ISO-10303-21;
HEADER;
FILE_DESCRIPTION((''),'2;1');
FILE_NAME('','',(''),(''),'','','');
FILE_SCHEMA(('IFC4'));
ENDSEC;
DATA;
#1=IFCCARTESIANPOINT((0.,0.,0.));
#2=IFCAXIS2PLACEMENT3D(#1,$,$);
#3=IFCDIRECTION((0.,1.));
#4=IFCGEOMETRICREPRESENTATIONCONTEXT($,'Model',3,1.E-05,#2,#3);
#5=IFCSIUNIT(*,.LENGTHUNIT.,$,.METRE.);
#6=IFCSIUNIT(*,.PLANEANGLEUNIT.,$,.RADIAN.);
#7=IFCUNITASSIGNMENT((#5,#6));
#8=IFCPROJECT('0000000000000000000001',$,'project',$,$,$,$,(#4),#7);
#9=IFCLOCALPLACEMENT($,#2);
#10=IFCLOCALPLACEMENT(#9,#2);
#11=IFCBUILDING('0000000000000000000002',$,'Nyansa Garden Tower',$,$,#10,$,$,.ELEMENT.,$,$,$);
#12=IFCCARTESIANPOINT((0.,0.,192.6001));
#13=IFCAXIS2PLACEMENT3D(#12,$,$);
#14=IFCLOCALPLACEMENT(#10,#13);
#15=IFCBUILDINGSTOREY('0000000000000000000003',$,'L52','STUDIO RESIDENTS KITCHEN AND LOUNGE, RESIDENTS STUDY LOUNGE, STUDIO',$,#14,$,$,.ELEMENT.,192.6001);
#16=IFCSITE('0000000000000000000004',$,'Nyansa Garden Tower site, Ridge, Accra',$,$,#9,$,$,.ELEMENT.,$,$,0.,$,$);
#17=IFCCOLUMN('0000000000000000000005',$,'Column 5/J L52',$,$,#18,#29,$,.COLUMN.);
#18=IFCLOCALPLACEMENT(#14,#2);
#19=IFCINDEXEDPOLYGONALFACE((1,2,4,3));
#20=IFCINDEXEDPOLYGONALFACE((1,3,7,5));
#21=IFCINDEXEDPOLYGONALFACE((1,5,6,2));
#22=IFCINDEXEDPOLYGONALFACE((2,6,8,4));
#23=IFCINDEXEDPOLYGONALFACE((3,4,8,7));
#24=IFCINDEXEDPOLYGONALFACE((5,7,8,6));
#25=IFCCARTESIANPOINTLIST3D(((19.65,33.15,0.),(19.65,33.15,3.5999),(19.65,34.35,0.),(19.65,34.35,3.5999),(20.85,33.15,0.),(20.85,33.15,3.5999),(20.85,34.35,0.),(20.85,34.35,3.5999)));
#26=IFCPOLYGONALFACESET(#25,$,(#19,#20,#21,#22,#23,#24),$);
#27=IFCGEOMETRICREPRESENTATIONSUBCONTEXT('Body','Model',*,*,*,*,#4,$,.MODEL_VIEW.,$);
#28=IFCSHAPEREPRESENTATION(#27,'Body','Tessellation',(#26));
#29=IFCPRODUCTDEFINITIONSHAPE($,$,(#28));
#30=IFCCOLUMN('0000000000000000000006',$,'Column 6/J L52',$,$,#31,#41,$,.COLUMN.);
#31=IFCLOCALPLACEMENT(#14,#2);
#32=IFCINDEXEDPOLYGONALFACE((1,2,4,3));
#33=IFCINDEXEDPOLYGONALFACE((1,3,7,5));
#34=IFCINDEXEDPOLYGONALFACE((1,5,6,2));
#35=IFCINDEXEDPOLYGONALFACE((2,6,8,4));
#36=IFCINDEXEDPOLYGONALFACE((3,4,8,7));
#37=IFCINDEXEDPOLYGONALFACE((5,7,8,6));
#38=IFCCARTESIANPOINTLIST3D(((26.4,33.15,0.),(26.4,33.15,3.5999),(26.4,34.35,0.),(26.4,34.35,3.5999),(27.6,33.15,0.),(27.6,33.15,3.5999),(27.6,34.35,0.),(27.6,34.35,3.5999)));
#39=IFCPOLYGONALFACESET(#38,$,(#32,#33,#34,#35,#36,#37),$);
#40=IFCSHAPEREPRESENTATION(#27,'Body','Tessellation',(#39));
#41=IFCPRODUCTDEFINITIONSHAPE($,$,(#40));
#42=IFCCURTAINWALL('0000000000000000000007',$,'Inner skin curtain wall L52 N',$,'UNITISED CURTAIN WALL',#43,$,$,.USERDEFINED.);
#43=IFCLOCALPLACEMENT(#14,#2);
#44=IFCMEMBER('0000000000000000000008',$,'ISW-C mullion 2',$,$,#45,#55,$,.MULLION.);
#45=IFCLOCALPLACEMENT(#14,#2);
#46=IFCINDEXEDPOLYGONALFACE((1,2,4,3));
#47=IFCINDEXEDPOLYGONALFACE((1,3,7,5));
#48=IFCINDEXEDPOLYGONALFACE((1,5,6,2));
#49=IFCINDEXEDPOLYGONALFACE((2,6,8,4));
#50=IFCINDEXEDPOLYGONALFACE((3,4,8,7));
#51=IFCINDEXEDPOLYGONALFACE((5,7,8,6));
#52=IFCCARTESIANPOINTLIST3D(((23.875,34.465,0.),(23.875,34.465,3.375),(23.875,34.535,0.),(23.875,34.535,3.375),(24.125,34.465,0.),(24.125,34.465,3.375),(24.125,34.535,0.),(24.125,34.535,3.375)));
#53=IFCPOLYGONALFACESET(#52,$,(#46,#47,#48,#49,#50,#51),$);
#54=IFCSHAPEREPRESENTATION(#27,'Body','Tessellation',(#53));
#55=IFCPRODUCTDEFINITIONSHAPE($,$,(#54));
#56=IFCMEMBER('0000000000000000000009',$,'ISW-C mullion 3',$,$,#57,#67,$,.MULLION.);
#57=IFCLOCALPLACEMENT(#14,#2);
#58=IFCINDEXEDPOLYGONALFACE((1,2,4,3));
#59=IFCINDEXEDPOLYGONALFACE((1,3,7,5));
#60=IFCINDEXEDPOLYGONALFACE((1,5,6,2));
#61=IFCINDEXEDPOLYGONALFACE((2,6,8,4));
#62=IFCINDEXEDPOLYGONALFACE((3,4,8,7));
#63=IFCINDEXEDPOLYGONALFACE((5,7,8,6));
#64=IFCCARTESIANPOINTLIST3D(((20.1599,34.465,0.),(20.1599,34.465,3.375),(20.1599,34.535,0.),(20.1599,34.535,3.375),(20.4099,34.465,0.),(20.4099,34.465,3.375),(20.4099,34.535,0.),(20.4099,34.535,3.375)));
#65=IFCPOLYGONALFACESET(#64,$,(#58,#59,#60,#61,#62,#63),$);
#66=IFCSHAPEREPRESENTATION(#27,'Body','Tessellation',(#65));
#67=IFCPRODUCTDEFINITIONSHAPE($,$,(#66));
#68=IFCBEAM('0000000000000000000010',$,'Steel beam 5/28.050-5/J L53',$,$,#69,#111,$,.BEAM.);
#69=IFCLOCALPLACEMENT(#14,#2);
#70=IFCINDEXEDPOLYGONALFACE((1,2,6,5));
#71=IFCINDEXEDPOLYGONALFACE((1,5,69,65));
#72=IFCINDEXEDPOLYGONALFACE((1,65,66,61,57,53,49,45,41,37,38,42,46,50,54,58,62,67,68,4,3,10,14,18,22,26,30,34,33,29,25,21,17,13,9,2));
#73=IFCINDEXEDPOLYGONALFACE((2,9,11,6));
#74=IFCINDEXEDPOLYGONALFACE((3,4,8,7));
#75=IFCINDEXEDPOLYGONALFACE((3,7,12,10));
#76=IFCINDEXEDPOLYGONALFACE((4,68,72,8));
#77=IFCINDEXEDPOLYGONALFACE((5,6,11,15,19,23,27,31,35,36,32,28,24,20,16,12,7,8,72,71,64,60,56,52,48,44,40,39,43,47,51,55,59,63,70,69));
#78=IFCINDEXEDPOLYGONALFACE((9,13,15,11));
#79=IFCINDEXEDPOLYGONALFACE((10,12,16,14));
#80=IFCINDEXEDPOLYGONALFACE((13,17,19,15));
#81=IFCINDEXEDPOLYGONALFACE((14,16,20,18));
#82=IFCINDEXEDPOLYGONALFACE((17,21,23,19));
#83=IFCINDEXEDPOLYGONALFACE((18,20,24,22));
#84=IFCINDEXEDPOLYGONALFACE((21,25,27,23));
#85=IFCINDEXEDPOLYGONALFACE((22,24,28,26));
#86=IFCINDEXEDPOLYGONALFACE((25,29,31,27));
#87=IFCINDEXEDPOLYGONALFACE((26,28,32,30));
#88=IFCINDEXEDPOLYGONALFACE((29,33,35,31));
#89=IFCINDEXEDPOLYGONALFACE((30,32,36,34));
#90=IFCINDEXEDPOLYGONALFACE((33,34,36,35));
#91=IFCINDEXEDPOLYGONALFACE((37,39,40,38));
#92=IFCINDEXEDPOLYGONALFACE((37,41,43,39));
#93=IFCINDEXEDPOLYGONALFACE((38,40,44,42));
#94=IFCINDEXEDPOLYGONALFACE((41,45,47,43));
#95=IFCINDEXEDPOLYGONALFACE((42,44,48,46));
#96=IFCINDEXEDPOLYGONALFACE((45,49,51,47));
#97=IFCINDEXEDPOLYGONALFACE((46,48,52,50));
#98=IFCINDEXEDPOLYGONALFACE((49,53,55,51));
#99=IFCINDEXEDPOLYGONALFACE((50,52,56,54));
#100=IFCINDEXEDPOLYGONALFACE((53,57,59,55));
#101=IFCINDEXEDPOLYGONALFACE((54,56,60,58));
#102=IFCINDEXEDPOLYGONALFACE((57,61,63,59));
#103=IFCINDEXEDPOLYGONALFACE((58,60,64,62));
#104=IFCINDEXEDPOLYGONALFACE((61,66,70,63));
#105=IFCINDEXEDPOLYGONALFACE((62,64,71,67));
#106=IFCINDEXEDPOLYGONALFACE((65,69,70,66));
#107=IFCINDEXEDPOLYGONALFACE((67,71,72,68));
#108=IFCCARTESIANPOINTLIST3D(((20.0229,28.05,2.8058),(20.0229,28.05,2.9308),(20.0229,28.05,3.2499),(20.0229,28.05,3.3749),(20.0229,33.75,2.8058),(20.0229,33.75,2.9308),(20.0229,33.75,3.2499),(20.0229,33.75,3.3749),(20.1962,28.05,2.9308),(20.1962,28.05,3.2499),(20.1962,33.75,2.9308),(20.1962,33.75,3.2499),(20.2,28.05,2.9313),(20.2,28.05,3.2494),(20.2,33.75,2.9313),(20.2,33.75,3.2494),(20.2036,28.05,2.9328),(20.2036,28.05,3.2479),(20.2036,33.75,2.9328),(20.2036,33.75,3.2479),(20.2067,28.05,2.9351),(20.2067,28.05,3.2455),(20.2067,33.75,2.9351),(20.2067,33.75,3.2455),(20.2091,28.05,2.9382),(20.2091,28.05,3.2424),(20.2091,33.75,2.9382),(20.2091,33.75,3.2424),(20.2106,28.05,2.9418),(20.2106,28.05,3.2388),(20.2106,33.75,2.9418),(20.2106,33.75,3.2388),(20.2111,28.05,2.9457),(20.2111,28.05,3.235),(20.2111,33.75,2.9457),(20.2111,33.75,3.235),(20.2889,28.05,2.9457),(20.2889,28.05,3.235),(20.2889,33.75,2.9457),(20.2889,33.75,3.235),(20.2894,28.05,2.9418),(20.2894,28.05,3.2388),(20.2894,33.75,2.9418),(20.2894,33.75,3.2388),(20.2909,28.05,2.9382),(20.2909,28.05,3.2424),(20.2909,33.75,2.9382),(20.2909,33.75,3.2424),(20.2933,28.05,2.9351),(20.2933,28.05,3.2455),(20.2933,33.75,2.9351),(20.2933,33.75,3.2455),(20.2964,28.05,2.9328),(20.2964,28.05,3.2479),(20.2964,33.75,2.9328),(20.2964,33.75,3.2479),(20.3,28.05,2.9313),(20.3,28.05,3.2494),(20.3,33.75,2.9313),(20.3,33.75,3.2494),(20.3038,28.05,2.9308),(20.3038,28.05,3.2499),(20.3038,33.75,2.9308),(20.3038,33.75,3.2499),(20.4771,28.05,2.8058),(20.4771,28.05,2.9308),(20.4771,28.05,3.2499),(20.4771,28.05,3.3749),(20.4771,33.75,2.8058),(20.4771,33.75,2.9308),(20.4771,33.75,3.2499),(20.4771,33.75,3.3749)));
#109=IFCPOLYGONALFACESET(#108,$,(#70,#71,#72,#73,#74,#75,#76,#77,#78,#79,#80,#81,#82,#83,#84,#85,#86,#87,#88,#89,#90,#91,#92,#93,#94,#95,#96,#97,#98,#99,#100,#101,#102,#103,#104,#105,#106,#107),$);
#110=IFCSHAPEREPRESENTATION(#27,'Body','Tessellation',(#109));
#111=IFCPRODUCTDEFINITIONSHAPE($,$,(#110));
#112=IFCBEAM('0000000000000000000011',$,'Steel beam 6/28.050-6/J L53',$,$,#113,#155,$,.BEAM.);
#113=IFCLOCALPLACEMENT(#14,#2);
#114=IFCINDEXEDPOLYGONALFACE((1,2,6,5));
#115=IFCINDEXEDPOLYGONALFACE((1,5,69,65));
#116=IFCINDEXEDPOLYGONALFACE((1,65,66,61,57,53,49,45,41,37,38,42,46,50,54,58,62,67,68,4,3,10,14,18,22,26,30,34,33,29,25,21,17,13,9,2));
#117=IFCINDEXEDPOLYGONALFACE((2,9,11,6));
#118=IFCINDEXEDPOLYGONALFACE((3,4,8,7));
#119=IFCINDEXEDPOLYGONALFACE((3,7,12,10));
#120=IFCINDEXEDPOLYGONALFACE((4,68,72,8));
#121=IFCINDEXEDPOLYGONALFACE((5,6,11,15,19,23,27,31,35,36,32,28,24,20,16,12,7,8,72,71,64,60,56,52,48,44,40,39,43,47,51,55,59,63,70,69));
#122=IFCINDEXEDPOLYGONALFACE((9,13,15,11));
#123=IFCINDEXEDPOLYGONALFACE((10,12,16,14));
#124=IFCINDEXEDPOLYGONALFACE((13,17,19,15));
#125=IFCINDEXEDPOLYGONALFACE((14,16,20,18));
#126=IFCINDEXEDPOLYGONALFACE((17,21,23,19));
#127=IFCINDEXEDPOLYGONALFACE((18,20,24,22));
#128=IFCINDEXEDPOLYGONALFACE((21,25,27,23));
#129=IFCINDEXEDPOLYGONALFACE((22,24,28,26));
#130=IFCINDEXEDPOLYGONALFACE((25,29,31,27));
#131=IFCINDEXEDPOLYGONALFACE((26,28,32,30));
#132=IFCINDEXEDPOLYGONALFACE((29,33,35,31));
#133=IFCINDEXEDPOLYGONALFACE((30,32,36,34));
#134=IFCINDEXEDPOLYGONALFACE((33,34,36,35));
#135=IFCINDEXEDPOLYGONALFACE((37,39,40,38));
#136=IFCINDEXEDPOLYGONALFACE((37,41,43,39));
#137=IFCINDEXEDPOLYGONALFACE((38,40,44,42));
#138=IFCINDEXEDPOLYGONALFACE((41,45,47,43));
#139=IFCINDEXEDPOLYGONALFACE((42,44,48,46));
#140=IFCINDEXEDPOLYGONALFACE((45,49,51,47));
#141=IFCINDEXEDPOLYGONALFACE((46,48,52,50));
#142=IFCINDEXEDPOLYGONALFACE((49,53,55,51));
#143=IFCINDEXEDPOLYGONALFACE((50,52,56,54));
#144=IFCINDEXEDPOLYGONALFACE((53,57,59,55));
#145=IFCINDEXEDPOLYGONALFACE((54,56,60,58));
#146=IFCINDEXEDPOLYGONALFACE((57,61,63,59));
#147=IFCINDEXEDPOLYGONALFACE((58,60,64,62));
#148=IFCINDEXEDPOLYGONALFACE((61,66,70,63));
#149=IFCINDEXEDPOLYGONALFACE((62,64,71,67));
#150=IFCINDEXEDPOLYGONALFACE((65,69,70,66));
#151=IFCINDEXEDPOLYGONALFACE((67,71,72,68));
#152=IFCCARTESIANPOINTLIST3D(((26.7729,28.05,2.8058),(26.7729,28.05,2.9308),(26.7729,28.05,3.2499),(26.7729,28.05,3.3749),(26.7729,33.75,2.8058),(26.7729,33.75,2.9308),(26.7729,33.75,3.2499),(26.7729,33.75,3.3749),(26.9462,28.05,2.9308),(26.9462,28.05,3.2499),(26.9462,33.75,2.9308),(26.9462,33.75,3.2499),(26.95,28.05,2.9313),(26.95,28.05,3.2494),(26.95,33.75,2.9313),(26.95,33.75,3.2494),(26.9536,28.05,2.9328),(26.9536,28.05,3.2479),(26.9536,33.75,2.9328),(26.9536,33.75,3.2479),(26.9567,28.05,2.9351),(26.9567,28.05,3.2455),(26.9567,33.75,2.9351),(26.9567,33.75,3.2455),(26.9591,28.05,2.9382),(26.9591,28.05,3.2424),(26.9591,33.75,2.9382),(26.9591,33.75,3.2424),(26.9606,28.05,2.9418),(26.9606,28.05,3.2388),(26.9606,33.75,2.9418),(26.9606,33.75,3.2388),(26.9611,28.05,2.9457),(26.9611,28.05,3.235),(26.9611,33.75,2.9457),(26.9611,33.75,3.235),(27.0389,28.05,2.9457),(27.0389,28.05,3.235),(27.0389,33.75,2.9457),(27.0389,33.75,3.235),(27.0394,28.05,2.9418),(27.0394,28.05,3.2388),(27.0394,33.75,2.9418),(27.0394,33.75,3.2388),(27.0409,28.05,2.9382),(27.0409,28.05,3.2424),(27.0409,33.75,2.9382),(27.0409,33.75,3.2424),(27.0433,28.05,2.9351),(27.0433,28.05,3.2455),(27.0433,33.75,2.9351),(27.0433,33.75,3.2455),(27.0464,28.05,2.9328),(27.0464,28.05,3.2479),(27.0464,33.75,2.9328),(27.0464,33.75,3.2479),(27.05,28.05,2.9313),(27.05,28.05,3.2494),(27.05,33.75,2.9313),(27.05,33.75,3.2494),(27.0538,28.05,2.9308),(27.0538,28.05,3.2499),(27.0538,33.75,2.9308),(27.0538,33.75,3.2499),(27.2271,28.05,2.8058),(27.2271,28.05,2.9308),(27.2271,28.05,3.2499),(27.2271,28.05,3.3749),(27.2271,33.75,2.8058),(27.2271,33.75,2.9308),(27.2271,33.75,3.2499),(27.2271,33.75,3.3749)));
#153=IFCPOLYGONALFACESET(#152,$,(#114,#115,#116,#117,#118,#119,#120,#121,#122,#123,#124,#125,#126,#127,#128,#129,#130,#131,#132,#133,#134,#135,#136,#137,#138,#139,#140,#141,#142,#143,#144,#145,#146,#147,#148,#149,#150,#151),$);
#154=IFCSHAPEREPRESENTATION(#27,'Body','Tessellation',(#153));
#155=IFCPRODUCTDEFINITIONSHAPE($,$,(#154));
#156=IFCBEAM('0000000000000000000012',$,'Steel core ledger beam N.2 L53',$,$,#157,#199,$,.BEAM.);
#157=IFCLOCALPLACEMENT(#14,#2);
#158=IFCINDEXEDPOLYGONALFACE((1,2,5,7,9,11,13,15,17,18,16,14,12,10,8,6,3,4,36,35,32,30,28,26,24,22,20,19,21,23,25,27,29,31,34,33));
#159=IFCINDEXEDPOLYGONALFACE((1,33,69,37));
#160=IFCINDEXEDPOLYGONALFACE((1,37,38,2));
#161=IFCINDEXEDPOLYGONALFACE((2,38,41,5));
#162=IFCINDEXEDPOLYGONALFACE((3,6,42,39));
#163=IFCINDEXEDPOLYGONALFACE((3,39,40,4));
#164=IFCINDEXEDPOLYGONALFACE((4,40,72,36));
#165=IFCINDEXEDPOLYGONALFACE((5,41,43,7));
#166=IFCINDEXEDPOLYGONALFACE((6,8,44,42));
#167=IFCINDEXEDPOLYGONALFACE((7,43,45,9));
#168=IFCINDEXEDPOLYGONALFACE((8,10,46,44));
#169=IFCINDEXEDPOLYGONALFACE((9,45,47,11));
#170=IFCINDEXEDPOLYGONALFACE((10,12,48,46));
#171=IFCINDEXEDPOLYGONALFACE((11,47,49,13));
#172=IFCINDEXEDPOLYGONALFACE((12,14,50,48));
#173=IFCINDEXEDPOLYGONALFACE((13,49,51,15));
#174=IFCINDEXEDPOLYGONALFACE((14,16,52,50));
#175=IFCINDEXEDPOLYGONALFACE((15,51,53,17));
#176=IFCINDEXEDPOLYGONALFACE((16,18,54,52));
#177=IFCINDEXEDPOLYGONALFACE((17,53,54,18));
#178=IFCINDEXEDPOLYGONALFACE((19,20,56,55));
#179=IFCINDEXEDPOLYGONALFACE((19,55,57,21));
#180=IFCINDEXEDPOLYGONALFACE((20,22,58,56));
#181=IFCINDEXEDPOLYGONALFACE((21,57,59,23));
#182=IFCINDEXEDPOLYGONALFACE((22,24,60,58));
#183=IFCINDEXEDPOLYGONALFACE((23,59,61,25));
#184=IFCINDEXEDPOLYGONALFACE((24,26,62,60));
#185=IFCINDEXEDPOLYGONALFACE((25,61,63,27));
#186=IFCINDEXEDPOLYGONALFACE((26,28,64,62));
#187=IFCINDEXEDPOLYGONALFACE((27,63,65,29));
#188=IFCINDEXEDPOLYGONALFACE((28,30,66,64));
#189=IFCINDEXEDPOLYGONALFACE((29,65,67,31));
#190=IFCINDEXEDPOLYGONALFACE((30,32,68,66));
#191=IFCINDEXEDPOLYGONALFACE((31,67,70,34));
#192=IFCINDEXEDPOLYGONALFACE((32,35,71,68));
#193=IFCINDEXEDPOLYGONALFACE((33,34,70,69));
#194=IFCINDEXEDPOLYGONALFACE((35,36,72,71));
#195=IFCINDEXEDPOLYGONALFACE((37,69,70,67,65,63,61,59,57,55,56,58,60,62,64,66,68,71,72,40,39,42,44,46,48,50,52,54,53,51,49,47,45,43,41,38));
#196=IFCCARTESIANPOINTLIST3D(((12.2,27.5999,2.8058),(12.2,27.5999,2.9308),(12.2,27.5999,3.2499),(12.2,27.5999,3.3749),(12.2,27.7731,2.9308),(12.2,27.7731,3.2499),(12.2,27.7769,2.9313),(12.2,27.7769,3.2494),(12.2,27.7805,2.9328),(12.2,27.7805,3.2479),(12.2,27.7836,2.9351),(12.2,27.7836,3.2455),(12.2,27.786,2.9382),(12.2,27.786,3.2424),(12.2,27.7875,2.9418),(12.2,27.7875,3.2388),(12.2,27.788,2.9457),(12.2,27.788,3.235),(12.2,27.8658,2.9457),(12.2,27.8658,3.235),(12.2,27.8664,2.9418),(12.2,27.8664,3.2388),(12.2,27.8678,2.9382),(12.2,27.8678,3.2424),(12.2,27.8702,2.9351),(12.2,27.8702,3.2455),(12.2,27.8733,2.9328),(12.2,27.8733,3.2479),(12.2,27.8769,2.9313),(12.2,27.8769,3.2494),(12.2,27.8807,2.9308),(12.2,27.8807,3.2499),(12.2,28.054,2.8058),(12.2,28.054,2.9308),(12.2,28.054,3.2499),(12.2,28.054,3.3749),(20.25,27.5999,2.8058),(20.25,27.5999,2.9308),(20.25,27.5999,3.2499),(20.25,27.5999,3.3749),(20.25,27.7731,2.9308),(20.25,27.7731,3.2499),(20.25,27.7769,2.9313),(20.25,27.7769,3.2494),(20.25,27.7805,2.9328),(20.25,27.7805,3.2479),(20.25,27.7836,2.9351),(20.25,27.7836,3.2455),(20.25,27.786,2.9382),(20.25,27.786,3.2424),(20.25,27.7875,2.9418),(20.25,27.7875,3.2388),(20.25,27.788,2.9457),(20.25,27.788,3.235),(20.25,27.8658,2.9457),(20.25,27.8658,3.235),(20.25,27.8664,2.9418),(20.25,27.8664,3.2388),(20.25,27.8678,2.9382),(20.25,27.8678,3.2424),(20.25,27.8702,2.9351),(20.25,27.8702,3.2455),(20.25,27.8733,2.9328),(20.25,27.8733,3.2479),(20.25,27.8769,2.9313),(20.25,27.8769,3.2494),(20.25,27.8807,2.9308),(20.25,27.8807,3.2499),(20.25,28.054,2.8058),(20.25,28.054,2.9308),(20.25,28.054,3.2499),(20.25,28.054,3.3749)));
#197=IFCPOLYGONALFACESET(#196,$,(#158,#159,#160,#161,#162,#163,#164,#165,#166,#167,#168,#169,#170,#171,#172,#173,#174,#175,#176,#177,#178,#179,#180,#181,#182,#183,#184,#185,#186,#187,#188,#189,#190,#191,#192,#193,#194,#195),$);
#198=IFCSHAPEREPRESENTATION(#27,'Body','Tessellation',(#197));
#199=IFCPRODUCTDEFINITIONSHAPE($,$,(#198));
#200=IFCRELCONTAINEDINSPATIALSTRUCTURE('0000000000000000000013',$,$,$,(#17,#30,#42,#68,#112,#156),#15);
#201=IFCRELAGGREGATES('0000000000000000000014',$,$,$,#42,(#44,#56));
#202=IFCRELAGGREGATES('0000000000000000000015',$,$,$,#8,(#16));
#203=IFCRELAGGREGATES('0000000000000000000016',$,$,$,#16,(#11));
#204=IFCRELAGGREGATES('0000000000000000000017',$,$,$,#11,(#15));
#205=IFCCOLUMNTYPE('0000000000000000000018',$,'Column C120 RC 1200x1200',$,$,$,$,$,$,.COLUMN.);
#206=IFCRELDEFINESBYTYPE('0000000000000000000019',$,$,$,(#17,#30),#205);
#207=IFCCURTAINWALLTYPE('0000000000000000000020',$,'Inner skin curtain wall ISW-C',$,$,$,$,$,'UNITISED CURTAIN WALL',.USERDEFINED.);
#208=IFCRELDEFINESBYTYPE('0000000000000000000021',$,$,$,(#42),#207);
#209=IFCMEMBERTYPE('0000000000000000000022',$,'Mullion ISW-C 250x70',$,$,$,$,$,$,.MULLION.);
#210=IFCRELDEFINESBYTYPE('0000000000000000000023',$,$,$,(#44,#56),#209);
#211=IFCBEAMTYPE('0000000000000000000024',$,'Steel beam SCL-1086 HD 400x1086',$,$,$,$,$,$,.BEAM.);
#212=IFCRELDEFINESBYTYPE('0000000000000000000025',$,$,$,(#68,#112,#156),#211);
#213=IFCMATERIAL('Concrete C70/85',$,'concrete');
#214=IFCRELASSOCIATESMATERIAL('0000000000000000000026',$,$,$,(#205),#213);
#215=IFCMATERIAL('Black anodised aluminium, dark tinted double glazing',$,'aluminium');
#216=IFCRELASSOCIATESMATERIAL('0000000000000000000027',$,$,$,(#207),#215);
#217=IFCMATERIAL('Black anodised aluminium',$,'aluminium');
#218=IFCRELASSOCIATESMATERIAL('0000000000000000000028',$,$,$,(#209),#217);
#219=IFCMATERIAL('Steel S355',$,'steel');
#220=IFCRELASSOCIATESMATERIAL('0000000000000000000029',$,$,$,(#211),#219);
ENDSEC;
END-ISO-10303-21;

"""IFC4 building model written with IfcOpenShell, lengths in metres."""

from ifc_helpers import new_model, si_unit, direction, frame, origin, origin_2d, place, context, subcontext, project, spatial, rectangle, i_section, extrude, material, material_profile, profile_set, type_object, element, aggregate, save


model = new_model("IFC4")

# Units and contexts
model_context = context("Model", 3, precision=1e-05, world=origin(), true_north=direction((0.0, 1.0)))
body_context = subcontext(model_context, "Body", "Model", "MODEL_VIEW")
ifc_project = project(units=[si_unit("LENGTHUNIT", "METRE"), si_unit("PLANEANGLEUNIT", "RADIAN")], contexts=[model_context])

# Site, building, storey
site_placement = place(None, origin())
site = spatial("IfcSite", under=ifc_project, at=site_placement, Name="Nyansa Garden Tower site, Ridge, Accra", CompositionType="ELEMENT", RefElevation=0.0)
building_placement = place(site_placement, origin())
building = spatial("IfcBuilding", under=site, at=building_placement, Name="Nyansa Garden Tower", CompositionType="ELEMENT")
storey_placement = place(building_placement, frame((0.0, 0.0, 192.6001)))
storey = spatial("IfcBuildingStorey", under=building, at=storey_placement, Name="L52", Description="STUDIO RESIDENTS KITCHEN AND LOUNGE, RESIDENTS STUDY LOUNGE, STUDIO", CompositionType="ELEMENT", Elevation=192.6001)

# Columns
ifc_material_1 = material(Name="Concrete C70/85", Category="concrete")
ifc_material_profile_1 = material_profile(ifc_material_1, rectangle(XDim=1.2, YDim=1.2, at=origin_2d()), Name="RC 1200x1200")
ifc_profile_set_1 = profile_set([ifc_material_profile_1], Name="Concrete C70/85")
column_type = type_object("IfcColumnType", Name="Column C120 RC 1200x1200", PredefinedType="COLUMN", material=ifc_profile_set_1)
for number, where, z_axis, x_axis, name in (
    (1, (20.25, 33.75, 0.0), (0.0, 0.0, 1.0), (1.0, 0.0, 0.0), "Column 5/J L52"),
    (2, (27.0, 33.75, 0.0), (0.0, 0.0, 1.0), (1.0, 0.0, 0.0), "Column 6/J L52"),
):
    element("IfcColumn", number, at=place(storey_placement, frame(where, z_axis=z_axis, x_axis=x_axis)), inside=storey, type_object=column_type, Name=name, PredefinedType="COLUMN", context=body_context, shape_type="SweptSolid", body=[
        extrude(rectangle(XDim=1.2, YDim=1.2, at=origin_2d()), origin(), (0.0, 0.0, 1.0), 3.5999),
    ])

# Curtain wall, members
ifc_material_2 = material(Name="Black anodised aluminium, dark tinted double glazing", Category="aluminium")
curtain_wall_type = type_object("IfcCurtainWallType", Name="Inner skin curtain wall ISW-C", ElementType="UNITISED CURTAIN WALL", PredefinedType="USERDEFINED", material=ifc_material_2)
curtain_wall_placement = place(storey_placement, origin())
curtain_wall = element("IfcCurtainWall", 3, at=curtain_wall_placement, inside=storey, type_object=curtain_wall_type, Name="Inner skin curtain wall L52 N", ObjectType="UNITISED CURTAIN WALL", PredefinedType="USERDEFINED")
ifc_material_3 = material(Name="Black anodised aluminium", Category="aluminium")
ifc_material_profile_2 = material_profile(ifc_material_3, rectangle(XDim=0.0701, YDim=0.25, at=origin_2d()), Name="Mullion 250x70")
ifc_profile_set_2 = profile_set([ifc_material_profile_2], Name="Black anodised aluminium")
member_type_1 = type_object("IfcMemberType", Name="Mullion ISW-C 250x70", PredefinedType="MULLION", material=ifc_profile_set_2)
member_1_placement = place(storey_placement, frame((24.0, 34.5, 0.0), z_axis=(0.0, 0.0, 1.0), x_axis=(0.0, -1.0, 0.0)))
member_1 = element("IfcMember", 4, at=member_1_placement, type_object=member_type_1, Name="ISW-C mullion 2", PredefinedType="MULLION", context=body_context, shape_type="SweptSolid", body=[
    extrude(rectangle(XDim=0.0701, YDim=0.25, at=origin_2d()), origin(), (0.0, 0.0, 1.0), 3.375),
])
member_2_placement = place(storey_placement, frame((20.2849, 34.5, 0.0), z_axis=(0.0, 0.0, 1.0), x_axis=(0.0, -1.0, 0.0)))
member_2 = element("IfcMember", 5, at=member_2_placement, type_object=member_type_1, Name="ISW-C mullion 3", PredefinedType="MULLION", context=body_context, shape_type="SweptSolid", body=[
    extrude(rectangle(XDim=0.0701, YDim=0.25, at=origin_2d()), origin(), (0.0, 0.0, 1.0), 3.375),
])

# Beams
ifc_material_4 = material(Name="Steel S355", Category="steel")
ifc_material_profile_3 = material_profile(ifc_material_4, i_section(OverallWidth=0.4541, OverallDepth=0.5691, WebThickness=0.0779, FlangeThickness=0.125, FilletRadius=0.0149, at=origin_2d()), Name="HD 400x1086")
ifc_profile_set_3 = profile_set([ifc_material_profile_3], Name="Steel S355")
beam_type_1 = type_object("IfcBeamType", Name="Steel beam SCL-1086 HD 400x1086", PredefinedType="BEAM", material=ifc_profile_set_3)
for number, where, z_axis, x_axis, name in (
    (6, (20.25, 28.05, 3.0903), (0.0, 1.0, 0.0), (-1.0, 0.0, 0.0), "Steel beam 5/28.050-5/J L53"),
    (7, (27.0, 28.05, 3.0903), (0.0, 1.0, 0.0), (-1.0, 0.0, 0.0), "Steel beam 6/28.050-6/J L53"),
):
    element("IfcBeam", number, at=place(storey_placement, frame(where, z_axis=z_axis, x_axis=x_axis)), inside=storey, type_object=beam_type_1, Name=name, PredefinedType="BEAM", context=body_context, shape_type="SweptSolid", body=[
        extrude(i_section(OverallWidth=0.4541, OverallDepth=0.5691, WebThickness=0.0779, FlangeThickness=0.125, FilletRadius=0.0149, at=origin_2d()), origin(), (0.0, 0.0, 1.0), 5.7),
    ])
beam_1_placement = place(storey_placement, frame((20.25, 27.8269, 3.0903), z_axis=(-1.0, 0.0, 0.0), x_axis=(0.0, -1.0, 0.0)))
element("IfcBeam", 8, at=beam_1_placement, inside=storey, type_object=beam_type_1, Name="Steel core ledger beam N.2 L53", PredefinedType="BEAM", context=body_context, shape_type="SweptSolid", body=[
    extrude(i_section(OverallWidth=0.4541, OverallDepth=0.5691, WebThickness=0.0779, FlangeThickness=0.125, FilletRadius=0.0149, at=origin_2d()), origin(), (0.0, 0.0, 1.0), 8.05),
])

aggregate(curtain_wall, [member_1, member_2])

save(model, "model.ifc")
